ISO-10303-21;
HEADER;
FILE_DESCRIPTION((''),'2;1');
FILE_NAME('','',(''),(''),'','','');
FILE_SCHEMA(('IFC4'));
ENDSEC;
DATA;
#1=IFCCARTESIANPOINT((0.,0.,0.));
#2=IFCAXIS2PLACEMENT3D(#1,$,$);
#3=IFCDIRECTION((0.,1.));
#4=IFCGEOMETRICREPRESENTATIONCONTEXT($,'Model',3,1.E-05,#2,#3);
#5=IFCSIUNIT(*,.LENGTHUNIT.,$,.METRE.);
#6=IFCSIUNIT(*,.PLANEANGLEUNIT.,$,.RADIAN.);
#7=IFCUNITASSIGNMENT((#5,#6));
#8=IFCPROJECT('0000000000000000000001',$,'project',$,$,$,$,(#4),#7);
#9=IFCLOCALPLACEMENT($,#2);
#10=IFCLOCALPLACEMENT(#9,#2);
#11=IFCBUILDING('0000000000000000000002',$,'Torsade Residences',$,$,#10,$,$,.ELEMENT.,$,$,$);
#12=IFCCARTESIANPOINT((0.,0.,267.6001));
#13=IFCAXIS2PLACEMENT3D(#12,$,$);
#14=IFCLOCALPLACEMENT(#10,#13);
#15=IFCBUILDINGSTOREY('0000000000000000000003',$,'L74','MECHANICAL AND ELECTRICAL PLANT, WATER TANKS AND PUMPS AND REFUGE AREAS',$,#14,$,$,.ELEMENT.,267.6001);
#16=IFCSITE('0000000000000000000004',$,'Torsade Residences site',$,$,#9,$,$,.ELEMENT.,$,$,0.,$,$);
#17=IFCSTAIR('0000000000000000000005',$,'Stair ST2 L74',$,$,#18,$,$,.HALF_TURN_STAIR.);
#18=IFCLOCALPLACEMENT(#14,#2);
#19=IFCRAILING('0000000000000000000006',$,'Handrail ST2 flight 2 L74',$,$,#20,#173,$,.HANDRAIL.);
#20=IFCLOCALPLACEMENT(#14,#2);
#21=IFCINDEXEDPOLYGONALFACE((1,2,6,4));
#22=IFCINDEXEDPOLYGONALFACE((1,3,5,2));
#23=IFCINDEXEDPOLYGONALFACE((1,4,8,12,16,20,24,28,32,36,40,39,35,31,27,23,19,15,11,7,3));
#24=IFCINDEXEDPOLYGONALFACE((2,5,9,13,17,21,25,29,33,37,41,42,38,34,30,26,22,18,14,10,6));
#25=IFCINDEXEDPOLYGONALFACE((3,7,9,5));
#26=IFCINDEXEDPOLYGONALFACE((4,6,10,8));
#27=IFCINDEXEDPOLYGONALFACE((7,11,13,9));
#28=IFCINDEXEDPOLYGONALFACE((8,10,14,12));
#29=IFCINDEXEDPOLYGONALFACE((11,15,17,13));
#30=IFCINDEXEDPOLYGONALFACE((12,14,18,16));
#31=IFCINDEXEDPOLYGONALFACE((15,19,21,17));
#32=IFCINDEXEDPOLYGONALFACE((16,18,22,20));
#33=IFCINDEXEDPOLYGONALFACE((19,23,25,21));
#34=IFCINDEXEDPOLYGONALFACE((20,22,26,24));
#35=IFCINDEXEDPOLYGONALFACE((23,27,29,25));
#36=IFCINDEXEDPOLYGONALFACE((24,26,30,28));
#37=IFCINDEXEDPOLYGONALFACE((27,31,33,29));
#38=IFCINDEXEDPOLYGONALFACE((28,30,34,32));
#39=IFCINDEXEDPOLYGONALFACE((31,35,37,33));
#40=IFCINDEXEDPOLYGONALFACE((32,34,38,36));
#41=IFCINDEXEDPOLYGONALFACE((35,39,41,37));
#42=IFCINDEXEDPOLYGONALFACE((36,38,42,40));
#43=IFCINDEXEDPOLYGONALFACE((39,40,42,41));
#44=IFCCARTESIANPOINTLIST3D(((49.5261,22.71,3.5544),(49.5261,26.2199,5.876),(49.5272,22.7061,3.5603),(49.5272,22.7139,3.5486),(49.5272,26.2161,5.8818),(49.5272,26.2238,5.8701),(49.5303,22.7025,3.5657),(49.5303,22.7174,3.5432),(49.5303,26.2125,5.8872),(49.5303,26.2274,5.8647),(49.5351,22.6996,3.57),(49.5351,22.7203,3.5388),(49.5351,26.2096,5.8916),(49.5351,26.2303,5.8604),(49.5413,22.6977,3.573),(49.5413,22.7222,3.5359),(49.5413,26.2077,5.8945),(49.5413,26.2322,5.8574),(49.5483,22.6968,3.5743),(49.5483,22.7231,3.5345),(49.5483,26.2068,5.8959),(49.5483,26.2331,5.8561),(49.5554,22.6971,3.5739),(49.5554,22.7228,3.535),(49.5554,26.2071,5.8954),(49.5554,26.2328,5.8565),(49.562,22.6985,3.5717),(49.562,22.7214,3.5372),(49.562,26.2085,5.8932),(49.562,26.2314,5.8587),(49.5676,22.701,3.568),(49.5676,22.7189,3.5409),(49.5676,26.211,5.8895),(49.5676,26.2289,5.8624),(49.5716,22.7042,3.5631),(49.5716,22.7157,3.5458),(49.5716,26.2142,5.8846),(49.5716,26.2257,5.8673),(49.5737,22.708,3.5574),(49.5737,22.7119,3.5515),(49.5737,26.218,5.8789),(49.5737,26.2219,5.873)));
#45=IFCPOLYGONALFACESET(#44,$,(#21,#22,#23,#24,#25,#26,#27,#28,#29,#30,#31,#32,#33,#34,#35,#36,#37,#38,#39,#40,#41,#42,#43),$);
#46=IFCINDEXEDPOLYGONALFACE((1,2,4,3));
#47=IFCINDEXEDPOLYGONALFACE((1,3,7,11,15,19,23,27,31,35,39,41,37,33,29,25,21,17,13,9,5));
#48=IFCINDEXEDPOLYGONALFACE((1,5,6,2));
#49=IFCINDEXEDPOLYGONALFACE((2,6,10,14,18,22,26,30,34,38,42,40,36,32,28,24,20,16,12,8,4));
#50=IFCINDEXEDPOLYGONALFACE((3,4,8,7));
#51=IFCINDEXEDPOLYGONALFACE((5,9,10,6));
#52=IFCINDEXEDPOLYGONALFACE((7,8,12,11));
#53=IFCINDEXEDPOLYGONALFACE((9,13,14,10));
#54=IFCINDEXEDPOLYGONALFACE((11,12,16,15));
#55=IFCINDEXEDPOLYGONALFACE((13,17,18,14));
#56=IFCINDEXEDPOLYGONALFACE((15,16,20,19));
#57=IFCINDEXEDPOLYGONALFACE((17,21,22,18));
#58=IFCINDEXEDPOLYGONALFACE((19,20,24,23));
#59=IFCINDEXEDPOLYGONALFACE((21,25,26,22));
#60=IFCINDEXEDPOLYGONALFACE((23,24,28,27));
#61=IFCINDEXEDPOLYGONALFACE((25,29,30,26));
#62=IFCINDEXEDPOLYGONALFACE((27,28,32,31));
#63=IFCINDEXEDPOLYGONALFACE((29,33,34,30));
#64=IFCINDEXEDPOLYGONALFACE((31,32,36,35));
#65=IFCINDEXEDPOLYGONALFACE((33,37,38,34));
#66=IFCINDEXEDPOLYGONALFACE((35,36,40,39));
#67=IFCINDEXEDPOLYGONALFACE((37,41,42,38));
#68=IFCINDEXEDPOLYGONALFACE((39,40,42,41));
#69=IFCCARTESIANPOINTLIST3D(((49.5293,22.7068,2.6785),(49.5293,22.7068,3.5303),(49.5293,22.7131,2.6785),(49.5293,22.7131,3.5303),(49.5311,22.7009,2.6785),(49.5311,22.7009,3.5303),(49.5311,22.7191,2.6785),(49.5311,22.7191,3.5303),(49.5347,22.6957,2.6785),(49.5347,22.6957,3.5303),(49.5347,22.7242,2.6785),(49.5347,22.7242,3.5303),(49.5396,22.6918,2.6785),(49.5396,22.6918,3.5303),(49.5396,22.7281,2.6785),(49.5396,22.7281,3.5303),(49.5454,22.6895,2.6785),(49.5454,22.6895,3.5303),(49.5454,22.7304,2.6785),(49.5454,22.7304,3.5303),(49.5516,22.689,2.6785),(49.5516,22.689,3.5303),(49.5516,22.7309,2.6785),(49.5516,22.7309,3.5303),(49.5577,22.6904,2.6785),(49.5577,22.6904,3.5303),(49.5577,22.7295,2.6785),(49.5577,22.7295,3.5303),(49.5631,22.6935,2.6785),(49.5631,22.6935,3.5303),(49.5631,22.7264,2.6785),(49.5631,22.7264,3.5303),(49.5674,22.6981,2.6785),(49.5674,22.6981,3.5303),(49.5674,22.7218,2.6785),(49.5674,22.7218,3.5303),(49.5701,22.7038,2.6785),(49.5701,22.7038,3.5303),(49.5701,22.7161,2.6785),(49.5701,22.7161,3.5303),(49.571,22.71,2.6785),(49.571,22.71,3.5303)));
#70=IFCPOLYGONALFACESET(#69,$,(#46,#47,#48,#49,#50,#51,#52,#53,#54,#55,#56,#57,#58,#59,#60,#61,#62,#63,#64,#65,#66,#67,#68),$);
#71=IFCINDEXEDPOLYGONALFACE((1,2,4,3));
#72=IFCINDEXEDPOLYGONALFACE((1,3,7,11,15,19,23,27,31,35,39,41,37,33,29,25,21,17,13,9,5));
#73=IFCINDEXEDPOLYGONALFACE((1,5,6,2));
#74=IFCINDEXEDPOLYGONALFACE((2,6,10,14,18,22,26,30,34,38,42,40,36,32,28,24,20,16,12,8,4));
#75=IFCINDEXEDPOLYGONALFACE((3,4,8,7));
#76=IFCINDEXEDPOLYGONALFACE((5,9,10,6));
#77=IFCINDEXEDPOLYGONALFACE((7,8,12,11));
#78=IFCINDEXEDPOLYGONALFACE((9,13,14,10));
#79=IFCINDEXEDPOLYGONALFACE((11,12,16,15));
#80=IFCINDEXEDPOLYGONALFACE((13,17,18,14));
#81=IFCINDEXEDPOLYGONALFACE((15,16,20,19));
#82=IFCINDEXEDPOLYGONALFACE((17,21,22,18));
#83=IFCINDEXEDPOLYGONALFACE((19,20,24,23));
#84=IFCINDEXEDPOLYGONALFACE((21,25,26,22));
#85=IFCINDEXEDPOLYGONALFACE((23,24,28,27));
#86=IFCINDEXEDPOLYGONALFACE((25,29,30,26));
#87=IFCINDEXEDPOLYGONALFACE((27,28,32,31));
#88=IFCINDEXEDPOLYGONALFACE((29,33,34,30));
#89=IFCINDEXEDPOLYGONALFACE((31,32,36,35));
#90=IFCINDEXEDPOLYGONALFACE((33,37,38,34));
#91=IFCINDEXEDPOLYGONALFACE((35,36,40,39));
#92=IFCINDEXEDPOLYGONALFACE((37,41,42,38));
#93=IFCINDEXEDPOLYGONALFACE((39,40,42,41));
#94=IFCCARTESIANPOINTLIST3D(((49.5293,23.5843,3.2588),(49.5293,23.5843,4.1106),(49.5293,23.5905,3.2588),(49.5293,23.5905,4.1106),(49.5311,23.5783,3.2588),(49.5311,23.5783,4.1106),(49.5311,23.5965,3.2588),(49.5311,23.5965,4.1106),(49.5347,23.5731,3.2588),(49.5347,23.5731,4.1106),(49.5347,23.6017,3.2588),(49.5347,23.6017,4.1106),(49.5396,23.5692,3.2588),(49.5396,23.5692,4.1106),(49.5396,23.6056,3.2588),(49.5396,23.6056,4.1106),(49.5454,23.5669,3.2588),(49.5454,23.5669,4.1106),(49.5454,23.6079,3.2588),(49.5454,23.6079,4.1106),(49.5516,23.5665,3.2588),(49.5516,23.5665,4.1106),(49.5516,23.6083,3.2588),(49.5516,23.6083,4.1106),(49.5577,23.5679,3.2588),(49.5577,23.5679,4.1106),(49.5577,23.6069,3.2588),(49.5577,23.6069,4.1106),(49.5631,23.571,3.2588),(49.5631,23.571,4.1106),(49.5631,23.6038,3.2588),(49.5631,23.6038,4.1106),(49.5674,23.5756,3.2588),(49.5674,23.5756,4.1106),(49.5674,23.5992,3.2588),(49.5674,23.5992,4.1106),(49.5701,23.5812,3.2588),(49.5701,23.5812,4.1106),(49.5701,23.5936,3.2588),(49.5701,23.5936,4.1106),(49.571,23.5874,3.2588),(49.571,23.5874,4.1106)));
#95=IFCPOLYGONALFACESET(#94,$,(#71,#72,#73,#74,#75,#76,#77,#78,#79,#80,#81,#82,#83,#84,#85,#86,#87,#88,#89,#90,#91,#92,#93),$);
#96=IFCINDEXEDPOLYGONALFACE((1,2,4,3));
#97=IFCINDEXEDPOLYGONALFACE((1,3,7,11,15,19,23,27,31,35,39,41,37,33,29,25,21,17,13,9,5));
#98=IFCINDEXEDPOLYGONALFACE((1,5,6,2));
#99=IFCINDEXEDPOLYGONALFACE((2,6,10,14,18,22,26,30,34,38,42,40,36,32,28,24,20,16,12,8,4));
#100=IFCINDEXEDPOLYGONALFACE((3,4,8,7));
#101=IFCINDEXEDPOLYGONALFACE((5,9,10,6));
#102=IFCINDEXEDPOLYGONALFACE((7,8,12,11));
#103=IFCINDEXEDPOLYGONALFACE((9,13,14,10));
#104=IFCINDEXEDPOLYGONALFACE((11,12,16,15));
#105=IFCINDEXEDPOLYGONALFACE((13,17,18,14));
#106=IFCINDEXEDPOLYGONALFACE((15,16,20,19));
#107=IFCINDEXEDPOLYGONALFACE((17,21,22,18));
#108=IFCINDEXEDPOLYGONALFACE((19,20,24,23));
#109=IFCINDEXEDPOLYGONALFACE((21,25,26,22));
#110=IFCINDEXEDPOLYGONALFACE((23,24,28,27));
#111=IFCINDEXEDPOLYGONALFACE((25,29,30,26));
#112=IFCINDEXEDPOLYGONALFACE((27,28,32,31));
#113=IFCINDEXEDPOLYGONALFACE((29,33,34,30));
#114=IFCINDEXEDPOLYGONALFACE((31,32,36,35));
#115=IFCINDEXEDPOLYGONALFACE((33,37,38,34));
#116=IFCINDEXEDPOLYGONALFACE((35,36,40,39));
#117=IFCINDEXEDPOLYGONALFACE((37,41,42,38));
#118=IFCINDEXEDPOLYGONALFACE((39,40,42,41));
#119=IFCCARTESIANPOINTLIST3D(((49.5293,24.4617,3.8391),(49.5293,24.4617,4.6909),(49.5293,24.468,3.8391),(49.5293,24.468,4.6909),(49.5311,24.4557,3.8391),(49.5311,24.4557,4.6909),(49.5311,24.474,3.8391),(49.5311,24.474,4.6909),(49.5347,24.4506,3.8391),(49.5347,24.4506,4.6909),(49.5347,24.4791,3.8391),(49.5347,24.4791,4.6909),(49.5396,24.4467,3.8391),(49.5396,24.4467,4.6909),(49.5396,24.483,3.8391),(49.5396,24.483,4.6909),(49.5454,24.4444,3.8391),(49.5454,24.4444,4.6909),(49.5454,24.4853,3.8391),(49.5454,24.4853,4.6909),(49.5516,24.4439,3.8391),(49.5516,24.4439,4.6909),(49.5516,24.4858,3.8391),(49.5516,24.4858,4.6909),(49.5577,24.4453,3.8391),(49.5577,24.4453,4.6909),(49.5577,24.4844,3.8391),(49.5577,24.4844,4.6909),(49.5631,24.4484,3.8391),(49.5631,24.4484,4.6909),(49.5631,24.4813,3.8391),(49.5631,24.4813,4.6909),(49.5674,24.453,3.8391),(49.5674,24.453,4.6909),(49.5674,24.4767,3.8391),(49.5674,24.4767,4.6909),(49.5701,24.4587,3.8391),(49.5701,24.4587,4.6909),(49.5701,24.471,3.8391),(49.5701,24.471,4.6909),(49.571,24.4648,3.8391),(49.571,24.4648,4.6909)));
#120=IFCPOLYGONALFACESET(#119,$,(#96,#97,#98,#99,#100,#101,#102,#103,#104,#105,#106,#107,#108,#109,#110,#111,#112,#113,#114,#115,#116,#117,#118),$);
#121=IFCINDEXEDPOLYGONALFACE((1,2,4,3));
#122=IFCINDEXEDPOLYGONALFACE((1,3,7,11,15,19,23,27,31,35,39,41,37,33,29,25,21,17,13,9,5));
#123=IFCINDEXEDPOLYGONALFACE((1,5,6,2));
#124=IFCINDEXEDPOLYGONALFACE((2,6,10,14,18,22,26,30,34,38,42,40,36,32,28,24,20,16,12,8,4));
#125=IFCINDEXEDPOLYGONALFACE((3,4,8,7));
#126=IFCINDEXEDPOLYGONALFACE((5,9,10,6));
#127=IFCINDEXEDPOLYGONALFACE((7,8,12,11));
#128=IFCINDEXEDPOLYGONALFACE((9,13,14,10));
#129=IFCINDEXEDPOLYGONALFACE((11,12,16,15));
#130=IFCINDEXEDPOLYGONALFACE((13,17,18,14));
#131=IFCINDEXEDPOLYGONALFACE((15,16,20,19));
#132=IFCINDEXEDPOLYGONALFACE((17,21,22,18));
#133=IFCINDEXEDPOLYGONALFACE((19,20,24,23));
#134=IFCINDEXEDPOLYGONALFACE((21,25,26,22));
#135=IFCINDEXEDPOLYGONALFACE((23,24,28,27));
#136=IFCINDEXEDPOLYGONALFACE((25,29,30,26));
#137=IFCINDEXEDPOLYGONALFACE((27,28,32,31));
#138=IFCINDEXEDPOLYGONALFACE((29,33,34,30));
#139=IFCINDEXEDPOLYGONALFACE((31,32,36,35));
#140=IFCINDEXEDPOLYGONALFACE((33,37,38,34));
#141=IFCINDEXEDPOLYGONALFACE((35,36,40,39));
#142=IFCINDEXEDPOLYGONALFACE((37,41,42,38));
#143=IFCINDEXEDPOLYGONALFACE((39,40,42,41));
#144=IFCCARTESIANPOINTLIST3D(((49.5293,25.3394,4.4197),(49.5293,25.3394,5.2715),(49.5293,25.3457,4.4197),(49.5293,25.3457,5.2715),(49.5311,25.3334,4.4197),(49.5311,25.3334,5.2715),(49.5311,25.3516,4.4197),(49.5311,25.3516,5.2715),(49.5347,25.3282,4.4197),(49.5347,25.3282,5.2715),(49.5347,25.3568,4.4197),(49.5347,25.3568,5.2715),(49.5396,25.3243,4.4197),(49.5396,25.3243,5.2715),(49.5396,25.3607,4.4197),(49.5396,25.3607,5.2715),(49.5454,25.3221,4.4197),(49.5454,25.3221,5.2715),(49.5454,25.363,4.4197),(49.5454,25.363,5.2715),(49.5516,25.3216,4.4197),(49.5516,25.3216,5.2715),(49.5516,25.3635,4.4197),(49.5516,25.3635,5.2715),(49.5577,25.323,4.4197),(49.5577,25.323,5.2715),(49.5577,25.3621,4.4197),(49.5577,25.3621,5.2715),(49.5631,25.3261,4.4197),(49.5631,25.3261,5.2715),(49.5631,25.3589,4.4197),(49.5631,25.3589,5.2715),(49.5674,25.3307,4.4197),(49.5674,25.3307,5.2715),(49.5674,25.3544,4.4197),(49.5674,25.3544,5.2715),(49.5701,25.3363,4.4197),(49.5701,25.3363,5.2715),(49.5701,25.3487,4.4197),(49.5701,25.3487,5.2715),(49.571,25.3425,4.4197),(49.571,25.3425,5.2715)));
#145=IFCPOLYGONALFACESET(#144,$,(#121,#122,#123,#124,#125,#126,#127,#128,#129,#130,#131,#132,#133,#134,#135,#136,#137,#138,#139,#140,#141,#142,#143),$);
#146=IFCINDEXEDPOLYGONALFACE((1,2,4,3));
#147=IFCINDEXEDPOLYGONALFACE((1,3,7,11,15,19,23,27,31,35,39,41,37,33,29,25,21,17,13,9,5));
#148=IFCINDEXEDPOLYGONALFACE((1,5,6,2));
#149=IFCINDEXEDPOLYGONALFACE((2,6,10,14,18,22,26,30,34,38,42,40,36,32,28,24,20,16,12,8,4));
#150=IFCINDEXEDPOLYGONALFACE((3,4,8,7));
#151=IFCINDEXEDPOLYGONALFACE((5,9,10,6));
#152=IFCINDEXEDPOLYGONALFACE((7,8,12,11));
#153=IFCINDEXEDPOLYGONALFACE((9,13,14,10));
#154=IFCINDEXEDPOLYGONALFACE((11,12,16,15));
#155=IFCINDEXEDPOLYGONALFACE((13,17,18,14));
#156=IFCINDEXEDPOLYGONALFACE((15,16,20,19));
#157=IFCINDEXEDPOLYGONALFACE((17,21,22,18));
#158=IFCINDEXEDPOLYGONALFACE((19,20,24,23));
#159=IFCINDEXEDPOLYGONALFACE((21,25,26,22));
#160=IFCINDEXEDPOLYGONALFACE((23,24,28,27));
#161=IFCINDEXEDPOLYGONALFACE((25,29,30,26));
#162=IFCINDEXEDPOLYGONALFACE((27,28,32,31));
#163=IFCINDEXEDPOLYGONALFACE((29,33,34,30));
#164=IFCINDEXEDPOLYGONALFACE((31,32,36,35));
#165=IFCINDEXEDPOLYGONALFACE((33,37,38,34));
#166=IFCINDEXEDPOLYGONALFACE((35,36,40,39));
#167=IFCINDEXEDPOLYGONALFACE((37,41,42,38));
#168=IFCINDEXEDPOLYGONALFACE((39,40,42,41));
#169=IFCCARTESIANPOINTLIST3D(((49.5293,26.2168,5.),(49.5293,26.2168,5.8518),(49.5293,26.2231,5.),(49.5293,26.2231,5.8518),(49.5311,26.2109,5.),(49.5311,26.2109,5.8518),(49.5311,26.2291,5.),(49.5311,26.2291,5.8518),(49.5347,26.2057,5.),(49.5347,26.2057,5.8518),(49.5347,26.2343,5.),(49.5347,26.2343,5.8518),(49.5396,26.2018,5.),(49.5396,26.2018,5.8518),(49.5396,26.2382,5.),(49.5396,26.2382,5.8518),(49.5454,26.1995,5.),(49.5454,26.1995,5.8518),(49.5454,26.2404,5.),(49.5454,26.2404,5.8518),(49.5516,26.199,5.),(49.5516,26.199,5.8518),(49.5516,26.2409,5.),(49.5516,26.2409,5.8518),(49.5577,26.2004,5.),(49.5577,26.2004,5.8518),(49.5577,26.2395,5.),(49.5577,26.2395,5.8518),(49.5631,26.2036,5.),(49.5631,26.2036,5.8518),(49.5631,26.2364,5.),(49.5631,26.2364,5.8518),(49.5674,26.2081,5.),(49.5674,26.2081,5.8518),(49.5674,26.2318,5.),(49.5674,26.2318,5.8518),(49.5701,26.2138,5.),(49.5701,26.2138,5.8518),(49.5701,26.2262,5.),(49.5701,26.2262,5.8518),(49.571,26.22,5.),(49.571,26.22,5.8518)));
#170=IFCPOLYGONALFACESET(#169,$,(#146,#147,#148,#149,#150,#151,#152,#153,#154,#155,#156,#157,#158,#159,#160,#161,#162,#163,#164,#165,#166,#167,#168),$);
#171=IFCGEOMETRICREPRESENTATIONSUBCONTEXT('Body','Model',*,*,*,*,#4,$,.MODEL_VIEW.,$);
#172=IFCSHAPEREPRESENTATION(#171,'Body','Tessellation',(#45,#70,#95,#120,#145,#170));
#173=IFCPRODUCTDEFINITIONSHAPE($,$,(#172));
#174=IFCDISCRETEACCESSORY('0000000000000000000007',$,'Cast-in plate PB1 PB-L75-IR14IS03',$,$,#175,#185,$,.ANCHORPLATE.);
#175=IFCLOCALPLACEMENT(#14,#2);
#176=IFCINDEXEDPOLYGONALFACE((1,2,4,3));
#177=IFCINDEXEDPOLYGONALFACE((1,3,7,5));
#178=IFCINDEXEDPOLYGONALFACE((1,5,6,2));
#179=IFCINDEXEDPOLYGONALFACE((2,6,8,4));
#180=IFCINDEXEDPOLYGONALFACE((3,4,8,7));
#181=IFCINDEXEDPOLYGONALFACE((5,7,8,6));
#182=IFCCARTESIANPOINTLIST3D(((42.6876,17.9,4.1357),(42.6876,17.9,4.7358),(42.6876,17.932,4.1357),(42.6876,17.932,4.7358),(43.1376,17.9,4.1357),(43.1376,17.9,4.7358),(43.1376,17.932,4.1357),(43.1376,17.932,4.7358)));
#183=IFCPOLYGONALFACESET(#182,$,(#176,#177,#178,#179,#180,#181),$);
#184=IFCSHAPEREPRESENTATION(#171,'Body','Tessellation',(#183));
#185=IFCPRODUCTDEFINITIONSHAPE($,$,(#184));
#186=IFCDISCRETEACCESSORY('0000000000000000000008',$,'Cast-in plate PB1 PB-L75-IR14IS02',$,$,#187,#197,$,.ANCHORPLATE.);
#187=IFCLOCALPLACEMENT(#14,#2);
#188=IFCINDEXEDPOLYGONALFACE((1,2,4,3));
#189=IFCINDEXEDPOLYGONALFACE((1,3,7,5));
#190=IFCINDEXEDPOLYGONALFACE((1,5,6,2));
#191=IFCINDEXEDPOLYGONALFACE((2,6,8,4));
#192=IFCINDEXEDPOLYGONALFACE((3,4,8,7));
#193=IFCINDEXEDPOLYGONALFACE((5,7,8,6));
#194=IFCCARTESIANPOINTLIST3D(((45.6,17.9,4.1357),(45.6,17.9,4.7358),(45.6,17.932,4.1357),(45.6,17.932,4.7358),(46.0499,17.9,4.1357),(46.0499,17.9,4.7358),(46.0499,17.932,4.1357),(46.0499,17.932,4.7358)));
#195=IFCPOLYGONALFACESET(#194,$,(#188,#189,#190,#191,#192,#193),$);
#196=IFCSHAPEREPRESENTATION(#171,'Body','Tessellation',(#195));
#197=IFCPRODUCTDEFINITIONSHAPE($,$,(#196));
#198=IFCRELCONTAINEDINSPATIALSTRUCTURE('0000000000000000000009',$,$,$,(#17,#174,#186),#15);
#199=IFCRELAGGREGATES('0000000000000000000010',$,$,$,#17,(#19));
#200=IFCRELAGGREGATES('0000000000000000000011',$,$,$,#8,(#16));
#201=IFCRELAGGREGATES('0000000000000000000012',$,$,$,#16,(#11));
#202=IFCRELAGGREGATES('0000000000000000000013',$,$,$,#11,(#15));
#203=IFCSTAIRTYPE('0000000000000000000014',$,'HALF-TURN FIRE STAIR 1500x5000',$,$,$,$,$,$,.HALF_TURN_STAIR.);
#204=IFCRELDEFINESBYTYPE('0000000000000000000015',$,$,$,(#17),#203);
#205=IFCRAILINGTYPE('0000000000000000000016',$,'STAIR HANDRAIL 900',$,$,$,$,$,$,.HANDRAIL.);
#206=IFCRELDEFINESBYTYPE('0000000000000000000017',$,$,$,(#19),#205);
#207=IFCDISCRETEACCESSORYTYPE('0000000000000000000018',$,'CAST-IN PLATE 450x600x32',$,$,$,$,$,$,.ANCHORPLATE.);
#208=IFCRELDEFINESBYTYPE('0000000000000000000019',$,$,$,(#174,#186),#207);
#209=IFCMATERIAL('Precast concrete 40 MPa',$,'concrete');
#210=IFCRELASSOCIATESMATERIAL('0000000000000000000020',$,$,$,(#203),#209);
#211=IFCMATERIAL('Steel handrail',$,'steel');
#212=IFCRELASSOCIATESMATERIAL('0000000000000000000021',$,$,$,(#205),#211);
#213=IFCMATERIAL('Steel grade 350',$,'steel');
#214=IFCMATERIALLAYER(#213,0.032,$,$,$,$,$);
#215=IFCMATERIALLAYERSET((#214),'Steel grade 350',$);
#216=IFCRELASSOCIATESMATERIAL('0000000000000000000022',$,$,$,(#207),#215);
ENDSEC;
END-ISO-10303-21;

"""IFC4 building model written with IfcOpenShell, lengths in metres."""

from ifc_helpers import new_model, si_unit, direction, frame, origin, origin_2d, place, context, subcontext, project, spatial, rectangle, circle, extrude, material, layer, layer_set, type_object, element, aggregate, save


model = new_model("IFC4")

# Units and contexts
model_context = context("Model", 3, precision=1e-05, world=origin(), true_north=direction((0.0, 1.0)))
body_context = subcontext(model_context, "Body", "Model", "MODEL_VIEW")
ifc_project = project(units=[si_unit("LENGTHUNIT", "METRE"), si_unit("PLANEANGLEUNIT", "RADIAN")], contexts=[model_context])

# Site, building, storey
site_placement = place(None, origin())
site = spatial("IfcSite", under=ifc_project, at=site_placement, Name="Torsade Residences site", CompositionType="ELEMENT", RefElevation=0.0)
building_placement = place(site_placement, origin())
building = spatial("IfcBuilding", under=site, at=building_placement, Name="Torsade Residences", CompositionType="ELEMENT")
storey_placement = place(building_placement, frame((0.0, 0.0, 267.6001)))
storey = spatial("IfcBuildingStorey", under=building, at=storey_placement, Name="L74", Description="MECHANICAL AND ELECTRICAL PLANT, WATER TANKS AND PUMPS AND REFUGE AREAS", CompositionType="ELEMENT", Elevation=267.6001)

# Stair, railing
ifc_material_1 = material(Name="Precast concrete 40 MPa", Category="concrete")
stair_type = type_object("IfcStairType", Name="HALF-TURN FIRE STAIR 1500x5000", PredefinedType="HALF_TURN_STAIR", material=ifc_material_1)
stair_placement = place(storey_placement, origin())
stair = element("IfcStair", 1, at=stair_placement, inside=storey, type_object=stair_type, Name="Stair ST2 L74", PredefinedType="HALF_TURN_STAIR")
ifc_material_2 = material(Name="Steel handrail", Category="steel")
railing_type = type_object("IfcRailingType", Name="STAIR HANDRAIL 900", PredefinedType="HANDRAIL", material=ifc_material_2)
railing_1_placement = place(storey_placement, frame((49.55, 22.71, 2.6785)))
railing_1 = element("IfcRailing", 2, at=railing_1_placement, type_object=railing_type, Name="Handrail ST2 flight 2 L74", PredefinedType="HANDRAIL", context=body_context, shape_type="SweptSolid", body=[
    extrude(circle(Radius=0.0239, at=origin_2d()), frame((0.0, 0.0, 0.876), z_axis=(0.0, 0.834071, 0.551657), x_axis=(-1.0, 0.0, 0.0)), (0.0, 0.0, 1.0), 4.2083),
    extrude(circle(Radius=0.021, at=origin_2d()), origin(), (0.0, 0.0, 1.0), 0.8518),
    extrude(circle(Radius=0.021, at=origin_2d()), frame((0.0, 0.8774, 0.5803)), (0.0, 0.0, 1.0), 0.8518),
    extrude(circle(Radius=0.021, at=origin_2d()), frame((0.0, 1.7549, 1.1606)), (0.0, 0.0, 1.0), 0.8518),
    extrude(circle(Radius=0.021, at=origin_2d()), frame((0.0, 2.6326, 1.7412)), (0.0, 0.0, 1.0), 0.8518),
    extrude(circle(Radius=0.021, at=origin_2d()), frame((0.0, 3.51, 2.3215)), (0.0, 0.0, 1.0), 0.8518),
])
aggregate(stair, [railing_1])

# Discrete accessories
ifc_material_3 = material(Name="Steel grade 350", Category="steel")
ifc_layer_1 = layer(ifc_material_3, 0.032)
ifc_layer_set_1 = layer_set([ifc_layer_1], Name="Steel grade 350")
discrete_accessory_type = type_object("IfcDiscreteAccessoryType", Name="CAST-IN PLATE 450x600x32", PredefinedType="ANCHORPLATE", material=ifc_layer_set_1)
for number, where, z_axis, x_axis, name in (
    (3, (42.9126, 17.916, 4.1357), (0.0, 0.0, 1.0), (1.0, 0.0, 0.0), "Cast-in plate PB1 PB-L75-IR14IS03"),
    (4, (45.825, 17.916, 4.1357), (0.0, 0.0, 1.0), (1.0, 0.0, 0.0), "Cast-in plate PB1 PB-L75-IR14IS02"),
):
    element("IfcDiscreteAccessory", number, at=place(storey_placement, frame(where, z_axis=z_axis, x_axis=x_axis)), inside=storey, type_object=discrete_accessory_type, Name=name, PredefinedType="ANCHORPLATE", context=body_context, shape_type="SweptSolid", body=[
        extrude(rectangle(XDim=0.45, YDim=0.032, at=origin_2d()), origin(), (0.0, 0.0, 1.0), 0.6001),
    ])

save(model, "model.ifc")
